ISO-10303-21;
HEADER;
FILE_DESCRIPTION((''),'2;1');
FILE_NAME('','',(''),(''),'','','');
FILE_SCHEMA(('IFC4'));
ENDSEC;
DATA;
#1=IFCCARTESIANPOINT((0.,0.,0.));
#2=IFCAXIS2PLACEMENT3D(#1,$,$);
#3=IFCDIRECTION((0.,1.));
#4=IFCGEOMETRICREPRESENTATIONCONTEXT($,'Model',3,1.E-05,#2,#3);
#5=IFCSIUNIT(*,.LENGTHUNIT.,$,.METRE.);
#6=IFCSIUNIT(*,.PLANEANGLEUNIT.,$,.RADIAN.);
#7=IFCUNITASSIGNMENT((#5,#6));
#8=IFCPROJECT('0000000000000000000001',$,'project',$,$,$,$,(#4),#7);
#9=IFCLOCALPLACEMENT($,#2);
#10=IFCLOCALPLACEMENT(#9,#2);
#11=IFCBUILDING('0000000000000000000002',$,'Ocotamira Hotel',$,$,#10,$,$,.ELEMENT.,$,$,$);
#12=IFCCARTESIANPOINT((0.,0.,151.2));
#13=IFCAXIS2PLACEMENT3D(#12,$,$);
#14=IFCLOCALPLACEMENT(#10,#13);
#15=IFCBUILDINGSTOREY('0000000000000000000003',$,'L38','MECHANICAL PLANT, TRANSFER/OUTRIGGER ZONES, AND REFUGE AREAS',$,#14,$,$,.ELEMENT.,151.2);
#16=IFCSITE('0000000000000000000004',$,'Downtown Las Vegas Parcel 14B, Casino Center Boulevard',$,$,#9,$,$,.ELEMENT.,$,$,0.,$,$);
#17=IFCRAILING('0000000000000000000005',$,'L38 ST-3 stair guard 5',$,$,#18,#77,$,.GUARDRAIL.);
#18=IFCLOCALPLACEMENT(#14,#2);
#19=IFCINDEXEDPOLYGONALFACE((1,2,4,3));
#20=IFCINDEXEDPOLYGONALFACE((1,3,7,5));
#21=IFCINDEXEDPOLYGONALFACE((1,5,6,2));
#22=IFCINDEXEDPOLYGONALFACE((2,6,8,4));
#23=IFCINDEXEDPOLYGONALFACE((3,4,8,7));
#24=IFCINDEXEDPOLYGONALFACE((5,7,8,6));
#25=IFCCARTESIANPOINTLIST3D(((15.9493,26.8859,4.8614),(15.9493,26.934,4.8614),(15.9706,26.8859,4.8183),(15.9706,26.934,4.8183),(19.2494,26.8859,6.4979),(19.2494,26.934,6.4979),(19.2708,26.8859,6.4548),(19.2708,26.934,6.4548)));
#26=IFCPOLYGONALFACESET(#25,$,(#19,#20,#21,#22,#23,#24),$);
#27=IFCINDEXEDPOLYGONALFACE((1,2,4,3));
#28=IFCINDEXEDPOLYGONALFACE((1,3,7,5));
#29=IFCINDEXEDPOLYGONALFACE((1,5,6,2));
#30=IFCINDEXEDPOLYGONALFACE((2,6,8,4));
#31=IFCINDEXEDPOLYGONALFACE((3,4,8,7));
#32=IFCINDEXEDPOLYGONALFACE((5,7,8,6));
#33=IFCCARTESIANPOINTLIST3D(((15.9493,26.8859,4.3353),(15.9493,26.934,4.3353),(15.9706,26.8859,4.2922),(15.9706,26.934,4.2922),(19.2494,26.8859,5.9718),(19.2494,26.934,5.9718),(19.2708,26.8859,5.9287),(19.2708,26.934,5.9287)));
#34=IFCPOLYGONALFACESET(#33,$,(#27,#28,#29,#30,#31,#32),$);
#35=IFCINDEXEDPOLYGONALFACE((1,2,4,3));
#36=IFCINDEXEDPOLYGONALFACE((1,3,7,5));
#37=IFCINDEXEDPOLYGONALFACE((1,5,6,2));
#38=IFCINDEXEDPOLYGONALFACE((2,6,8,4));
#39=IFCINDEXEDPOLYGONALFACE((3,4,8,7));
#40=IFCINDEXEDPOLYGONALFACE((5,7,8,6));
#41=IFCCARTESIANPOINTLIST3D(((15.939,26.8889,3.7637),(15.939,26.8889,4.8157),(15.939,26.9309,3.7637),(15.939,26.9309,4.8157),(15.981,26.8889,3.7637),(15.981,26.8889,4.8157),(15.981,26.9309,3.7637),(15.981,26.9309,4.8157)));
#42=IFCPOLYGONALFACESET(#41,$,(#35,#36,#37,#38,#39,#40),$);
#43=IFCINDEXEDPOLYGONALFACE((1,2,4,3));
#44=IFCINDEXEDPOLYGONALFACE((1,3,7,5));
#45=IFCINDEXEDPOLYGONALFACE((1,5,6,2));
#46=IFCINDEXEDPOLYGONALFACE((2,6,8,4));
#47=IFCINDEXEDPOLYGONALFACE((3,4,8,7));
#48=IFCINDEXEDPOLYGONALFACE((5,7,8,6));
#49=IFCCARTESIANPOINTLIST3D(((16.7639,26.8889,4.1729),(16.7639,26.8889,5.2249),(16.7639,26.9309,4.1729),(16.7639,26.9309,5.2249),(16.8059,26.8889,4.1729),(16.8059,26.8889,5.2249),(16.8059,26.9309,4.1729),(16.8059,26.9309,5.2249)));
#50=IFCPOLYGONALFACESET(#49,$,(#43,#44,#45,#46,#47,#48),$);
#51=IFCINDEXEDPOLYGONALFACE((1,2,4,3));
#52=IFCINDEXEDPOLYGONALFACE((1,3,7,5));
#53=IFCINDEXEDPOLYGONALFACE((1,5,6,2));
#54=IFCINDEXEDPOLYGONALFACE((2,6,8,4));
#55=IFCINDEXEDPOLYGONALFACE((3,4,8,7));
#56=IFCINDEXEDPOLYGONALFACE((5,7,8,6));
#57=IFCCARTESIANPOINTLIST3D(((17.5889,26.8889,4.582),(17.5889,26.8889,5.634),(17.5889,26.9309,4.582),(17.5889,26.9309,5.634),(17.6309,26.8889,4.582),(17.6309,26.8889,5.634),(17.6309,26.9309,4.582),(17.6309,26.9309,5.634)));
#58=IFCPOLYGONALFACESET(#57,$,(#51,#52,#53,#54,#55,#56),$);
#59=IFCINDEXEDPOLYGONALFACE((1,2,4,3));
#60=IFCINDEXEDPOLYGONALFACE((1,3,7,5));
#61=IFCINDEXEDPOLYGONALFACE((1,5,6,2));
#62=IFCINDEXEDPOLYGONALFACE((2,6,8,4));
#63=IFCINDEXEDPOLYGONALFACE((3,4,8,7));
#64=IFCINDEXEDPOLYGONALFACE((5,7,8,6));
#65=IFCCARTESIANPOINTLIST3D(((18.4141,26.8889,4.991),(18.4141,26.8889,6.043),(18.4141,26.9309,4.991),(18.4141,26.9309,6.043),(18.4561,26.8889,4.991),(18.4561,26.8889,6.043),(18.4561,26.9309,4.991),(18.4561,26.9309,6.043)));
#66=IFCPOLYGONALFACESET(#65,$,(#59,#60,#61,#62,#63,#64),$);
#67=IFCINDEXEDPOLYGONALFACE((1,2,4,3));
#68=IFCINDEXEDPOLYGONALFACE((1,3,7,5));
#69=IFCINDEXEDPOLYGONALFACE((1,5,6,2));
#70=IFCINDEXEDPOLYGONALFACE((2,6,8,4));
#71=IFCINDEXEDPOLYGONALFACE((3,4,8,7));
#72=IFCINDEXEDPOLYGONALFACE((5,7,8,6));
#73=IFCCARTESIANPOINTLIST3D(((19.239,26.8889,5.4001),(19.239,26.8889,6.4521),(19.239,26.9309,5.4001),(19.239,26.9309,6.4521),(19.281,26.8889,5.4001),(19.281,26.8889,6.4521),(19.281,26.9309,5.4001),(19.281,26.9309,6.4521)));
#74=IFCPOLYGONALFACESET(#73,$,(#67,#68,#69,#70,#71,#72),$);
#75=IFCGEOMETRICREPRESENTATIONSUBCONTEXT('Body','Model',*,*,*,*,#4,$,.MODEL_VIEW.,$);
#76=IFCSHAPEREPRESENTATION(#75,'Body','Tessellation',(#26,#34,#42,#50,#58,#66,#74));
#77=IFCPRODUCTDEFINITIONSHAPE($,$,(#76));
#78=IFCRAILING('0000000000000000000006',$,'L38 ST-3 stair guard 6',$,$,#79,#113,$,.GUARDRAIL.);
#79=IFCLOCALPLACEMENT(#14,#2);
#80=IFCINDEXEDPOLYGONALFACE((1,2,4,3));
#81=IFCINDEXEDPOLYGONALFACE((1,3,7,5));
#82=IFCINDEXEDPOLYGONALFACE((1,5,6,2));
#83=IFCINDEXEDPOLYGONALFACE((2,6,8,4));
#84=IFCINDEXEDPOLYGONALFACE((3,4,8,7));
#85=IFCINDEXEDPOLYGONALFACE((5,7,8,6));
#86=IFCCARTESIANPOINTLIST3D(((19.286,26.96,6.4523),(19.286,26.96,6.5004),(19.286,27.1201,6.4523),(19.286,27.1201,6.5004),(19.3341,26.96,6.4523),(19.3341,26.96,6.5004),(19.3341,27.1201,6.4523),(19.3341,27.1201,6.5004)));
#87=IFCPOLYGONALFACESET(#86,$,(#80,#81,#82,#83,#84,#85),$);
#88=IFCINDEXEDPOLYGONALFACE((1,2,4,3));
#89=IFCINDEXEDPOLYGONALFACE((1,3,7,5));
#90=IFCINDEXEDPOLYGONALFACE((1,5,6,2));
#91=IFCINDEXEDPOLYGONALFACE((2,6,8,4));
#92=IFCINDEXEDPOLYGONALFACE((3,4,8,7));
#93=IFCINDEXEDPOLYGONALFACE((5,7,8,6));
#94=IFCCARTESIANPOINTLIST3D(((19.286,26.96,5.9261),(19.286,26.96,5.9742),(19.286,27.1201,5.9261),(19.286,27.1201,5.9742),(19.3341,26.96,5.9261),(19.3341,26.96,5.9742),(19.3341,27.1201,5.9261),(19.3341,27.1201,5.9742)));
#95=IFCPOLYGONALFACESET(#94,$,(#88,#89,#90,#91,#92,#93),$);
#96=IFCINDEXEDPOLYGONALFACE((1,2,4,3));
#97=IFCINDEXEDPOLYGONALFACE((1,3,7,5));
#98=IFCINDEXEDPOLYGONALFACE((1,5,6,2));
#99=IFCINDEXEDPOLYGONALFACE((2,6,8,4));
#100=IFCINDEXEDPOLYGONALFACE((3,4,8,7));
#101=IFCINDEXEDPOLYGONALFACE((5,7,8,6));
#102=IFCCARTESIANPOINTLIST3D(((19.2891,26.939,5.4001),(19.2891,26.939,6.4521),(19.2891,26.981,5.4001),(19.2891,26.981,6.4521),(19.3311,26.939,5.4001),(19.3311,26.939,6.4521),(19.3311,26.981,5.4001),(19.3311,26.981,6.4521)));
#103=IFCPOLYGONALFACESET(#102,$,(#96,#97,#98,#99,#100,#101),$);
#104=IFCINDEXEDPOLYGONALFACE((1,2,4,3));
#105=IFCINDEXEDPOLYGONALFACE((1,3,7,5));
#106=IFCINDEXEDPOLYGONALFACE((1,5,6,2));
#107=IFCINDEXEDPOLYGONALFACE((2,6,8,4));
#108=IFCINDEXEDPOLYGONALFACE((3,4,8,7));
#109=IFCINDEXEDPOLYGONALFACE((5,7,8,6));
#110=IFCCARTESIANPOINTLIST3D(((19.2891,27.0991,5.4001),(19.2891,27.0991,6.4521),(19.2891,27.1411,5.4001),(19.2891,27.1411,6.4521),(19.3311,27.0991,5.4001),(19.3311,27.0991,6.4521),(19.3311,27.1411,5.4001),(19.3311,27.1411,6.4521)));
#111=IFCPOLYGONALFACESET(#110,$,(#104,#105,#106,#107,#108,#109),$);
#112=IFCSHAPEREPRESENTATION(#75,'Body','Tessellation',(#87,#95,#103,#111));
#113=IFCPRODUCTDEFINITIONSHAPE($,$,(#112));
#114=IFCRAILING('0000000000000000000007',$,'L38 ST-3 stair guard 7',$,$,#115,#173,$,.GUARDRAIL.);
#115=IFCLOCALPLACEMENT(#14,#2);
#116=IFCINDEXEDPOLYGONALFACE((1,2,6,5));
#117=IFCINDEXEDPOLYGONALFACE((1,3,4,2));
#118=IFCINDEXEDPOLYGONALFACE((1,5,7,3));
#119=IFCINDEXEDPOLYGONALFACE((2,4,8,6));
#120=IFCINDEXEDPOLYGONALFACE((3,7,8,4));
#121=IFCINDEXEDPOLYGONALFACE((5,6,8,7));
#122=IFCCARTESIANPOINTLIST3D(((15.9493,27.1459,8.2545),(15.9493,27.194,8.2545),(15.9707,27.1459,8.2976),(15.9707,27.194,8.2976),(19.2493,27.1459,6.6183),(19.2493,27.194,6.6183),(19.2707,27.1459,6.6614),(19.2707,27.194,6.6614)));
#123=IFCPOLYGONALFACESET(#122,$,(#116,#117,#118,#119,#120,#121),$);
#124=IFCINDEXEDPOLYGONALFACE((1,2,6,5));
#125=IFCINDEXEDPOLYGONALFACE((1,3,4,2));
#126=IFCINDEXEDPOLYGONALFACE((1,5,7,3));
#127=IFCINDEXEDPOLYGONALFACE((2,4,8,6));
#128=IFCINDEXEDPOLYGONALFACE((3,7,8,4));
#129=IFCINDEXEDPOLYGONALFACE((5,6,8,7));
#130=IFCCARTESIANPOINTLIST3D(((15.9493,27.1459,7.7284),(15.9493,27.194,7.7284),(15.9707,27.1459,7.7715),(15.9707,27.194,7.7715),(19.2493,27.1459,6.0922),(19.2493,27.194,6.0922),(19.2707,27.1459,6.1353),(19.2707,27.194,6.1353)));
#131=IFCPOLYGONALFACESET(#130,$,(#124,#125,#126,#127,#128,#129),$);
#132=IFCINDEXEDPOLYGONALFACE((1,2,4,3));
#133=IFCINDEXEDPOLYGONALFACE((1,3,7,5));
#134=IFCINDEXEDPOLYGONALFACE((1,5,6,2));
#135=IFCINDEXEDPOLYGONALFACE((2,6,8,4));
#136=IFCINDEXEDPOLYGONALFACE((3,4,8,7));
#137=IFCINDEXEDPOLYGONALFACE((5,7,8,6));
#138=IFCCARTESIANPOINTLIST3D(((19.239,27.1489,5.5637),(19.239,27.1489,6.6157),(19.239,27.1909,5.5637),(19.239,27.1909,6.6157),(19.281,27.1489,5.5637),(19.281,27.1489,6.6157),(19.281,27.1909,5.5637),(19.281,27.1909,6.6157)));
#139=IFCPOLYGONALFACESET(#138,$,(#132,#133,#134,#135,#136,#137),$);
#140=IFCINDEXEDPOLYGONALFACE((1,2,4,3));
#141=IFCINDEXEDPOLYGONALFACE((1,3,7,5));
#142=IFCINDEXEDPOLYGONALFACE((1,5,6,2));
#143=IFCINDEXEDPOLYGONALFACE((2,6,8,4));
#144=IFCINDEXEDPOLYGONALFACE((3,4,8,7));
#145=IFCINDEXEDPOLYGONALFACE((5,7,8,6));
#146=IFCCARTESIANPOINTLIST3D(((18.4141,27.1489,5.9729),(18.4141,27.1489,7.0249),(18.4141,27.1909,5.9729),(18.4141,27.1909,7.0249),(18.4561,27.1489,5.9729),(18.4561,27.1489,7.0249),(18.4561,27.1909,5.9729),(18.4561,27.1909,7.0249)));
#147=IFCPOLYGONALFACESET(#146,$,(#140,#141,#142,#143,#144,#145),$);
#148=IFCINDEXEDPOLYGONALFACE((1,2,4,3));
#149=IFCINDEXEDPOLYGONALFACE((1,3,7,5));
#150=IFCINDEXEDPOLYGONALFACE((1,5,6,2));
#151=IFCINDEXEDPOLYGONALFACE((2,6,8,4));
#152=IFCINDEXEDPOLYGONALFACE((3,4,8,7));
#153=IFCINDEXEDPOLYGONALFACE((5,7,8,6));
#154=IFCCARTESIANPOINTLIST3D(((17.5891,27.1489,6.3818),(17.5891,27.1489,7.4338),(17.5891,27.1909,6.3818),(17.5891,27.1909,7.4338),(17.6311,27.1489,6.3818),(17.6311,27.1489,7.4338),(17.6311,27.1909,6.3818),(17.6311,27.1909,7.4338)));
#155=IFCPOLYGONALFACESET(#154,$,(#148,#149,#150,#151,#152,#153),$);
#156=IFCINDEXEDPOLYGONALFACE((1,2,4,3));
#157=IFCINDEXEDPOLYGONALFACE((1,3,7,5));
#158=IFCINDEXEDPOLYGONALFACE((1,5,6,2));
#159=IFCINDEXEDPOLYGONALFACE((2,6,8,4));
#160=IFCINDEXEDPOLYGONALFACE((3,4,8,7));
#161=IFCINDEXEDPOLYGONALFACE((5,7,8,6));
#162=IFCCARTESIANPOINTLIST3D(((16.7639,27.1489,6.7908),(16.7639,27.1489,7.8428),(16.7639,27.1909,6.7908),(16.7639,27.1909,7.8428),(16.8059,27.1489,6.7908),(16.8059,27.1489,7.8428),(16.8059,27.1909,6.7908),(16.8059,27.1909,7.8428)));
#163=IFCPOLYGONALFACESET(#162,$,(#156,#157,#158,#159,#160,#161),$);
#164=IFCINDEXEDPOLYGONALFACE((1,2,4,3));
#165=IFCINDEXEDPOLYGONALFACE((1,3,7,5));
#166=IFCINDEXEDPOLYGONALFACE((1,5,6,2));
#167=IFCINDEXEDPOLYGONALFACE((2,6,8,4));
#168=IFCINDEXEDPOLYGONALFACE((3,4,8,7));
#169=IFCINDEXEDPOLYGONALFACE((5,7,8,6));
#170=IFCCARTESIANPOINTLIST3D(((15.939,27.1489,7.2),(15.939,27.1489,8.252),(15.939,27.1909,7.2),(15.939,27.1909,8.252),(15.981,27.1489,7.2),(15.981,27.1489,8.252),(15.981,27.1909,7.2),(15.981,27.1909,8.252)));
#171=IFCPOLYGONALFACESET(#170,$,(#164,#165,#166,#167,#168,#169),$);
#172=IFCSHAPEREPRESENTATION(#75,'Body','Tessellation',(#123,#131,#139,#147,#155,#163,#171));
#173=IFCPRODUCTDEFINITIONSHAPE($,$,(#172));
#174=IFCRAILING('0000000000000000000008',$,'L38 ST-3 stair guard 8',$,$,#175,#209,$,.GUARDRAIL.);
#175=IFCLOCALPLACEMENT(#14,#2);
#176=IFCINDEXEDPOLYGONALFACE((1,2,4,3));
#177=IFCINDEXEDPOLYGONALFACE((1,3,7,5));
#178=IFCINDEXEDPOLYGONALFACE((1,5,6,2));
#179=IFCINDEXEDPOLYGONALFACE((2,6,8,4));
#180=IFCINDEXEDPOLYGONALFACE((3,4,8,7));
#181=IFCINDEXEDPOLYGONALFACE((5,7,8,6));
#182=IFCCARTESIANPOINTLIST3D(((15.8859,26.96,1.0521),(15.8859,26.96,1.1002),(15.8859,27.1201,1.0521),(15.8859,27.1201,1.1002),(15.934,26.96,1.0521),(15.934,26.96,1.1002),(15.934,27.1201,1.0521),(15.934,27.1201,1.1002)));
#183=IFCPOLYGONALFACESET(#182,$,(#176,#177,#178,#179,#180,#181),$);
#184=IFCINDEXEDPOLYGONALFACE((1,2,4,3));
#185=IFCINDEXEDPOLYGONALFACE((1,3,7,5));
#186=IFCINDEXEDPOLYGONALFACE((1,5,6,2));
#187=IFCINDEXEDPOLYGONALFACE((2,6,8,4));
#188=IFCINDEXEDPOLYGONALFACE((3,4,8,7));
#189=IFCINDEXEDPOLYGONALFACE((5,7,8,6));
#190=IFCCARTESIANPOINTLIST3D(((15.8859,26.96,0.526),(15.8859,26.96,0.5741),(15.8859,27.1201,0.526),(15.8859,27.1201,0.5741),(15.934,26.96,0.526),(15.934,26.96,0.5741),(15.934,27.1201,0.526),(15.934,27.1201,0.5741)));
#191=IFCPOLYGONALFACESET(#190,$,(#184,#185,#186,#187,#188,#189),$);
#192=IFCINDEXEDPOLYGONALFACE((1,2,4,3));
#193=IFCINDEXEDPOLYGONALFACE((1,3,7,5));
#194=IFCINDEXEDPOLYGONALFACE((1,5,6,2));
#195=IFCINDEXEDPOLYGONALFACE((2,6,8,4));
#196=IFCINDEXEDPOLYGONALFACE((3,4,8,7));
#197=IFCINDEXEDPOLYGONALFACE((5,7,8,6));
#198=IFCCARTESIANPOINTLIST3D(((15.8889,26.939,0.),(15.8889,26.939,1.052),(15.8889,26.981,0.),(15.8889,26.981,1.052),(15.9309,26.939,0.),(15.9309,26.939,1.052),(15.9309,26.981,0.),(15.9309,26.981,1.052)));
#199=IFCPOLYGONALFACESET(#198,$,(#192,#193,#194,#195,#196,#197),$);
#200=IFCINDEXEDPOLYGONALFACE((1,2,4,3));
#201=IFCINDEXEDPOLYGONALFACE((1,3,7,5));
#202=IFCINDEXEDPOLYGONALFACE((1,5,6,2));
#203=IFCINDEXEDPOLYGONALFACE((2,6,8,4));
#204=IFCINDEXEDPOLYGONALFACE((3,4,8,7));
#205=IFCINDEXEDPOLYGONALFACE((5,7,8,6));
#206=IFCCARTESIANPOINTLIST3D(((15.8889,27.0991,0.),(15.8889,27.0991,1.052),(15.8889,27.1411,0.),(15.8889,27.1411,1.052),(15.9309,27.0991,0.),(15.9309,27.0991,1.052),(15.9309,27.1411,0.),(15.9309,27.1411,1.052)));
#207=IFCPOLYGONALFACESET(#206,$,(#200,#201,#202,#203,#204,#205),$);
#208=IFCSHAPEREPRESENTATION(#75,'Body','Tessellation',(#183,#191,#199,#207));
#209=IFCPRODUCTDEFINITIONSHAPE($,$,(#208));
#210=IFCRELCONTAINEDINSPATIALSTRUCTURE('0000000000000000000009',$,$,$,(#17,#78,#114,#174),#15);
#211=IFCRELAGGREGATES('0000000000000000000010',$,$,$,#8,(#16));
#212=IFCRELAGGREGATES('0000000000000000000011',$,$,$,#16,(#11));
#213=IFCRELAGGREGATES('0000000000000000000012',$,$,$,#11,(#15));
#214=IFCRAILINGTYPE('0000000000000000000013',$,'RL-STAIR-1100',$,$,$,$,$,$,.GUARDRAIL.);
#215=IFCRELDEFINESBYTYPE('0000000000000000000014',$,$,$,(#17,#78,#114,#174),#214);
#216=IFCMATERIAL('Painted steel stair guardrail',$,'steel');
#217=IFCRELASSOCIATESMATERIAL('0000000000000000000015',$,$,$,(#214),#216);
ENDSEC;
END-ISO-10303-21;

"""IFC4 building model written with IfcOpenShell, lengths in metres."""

from ifc_helpers import new_model, si_unit, direction, frame, origin, origin_2d, place, context, subcontext, project, spatial, rectangle, extrude, material, type_object, element, save


model = new_model("IFC4")

# Units and contexts
model_context = context("Model", 3, precision=1e-05, world=origin(), true_north=direction((0.0, 1.0)))
body_context = subcontext(model_context, "Body", "Model", "MODEL_VIEW")
ifc_project = project(units=[si_unit("LENGTHUNIT", "METRE"), si_unit("PLANEANGLEUNIT", "RADIAN")], contexts=[model_context])

# Site, building, storey
site_placement = place(None, origin())
site = spatial("IfcSite", under=ifc_project, at=site_placement, Name="Downtown Las Vegas Parcel 14B, Casino Center Boulevard", CompositionType="ELEMENT", RefElevation=0.0)
building_placement = place(site_placement, origin())
building = spatial("IfcBuilding", under=site, at=building_placement, Name="Ocotamira Hotel", CompositionType="ELEMENT")
storey_placement = place(building_placement, frame((0.0, 0.0, 151.2)))
storey = spatial("IfcBuildingStorey", under=building, at=storey_placement, Name="L38", Description="MECHANICAL PLANT, TRANSFER/OUTRIGGER ZONES, AND REFUGE AREAS", CompositionType="ELEMENT", Elevation=151.2)

# Railings
ifc_material_1 = material(Name="Painted steel stair guardrail", Category="steel")
railing_type_1 = type_object("IfcRailingType", Name="RL-STAIR-1100", PredefinedType="GUARDRAIL", material=ifc_material_1)
railing_1_placement = place(storey_placement, frame((15.96, 26.9099, 3.7637)))
element("IfcRailing", 1, at=railing_1_placement, inside=storey, type_object=railing_type_1, Name="L38 ST-3 stair guard 5", PredefinedType="GUARDRAIL", context=body_context, shape_type="SweptSolid", body=[
    extrude(rectangle(XDim=0.0481, YDim=0.0481, at=origin_2d()), frame((0.0, 0.0, 1.0762), z_axis=(0.895894, 0.0, 0.444268), x_axis=(0.0, 1.0, 0.0)), (0.0, 0.0, 1.0), 3.6836),
    extrude(rectangle(XDim=0.0481, YDim=0.0481, at=origin_2d()), frame((0.0, 0.0, 0.55), z_axis=(0.895894, 0.0, 0.444268), x_axis=(0.0, 1.0, 0.0)), (0.0, 0.0, 1.0), 3.6836),
    extrude(rectangle(XDim=0.042, YDim=0.042, at=origin_2d()), origin(), (0.0, 0.0, 1.0), 1.052),
    extrude(rectangle(XDim=0.042, YDim=0.042, at=origin_2d()), frame((0.825, 0.0, 0.4092)), (0.0, 0.0, 1.0), 1.052),
    extrude(rectangle(XDim=0.042, YDim=0.042, at=origin_2d()), frame((1.6499, 0.0, 0.8184)), (0.0, 0.0, 1.0), 1.052),
    extrude(rectangle(XDim=0.042, YDim=0.042, at=origin_2d()), frame((2.4751, 0.0, 1.2273)), (0.0, 0.0, 1.0), 1.052),
    extrude(rectangle(XDim=0.042, YDim=0.042, at=origin_2d()), frame((3.3, 0.0, 1.6365)), (0.0, 0.0, 1.0), 1.052),
])
railing_2_placement = place(storey_placement, frame((19.3101, 26.96, 5.4001)))
element("IfcRailing", 2, at=railing_2_placement, inside=storey, type_object=railing_type_1, Name="L38 ST-3 stair guard 6", PredefinedType="GUARDRAIL", context=body_context, shape_type="SweptSolid", body=[
    extrude(rectangle(XDim=0.0481, YDim=0.0481, at=origin_2d()), frame((0.0, 0.0, 1.0762), z_axis=(0.0, 1.0, 0.0), x_axis=(-1.0, 0.0, 0.0)), (0.0, 0.0, 1.0), 0.1602),
    extrude(rectangle(XDim=0.0481, YDim=0.0481, at=origin_2d()), frame((0.0, 0.0, 0.55), z_axis=(0.0, 1.0, 0.0), x_axis=(-1.0, 0.0, 0.0)), (0.0, 0.0, 1.0), 0.1602),
    extrude(rectangle(XDim=0.042, YDim=0.042, at=origin_2d()), origin(), (0.0, 0.0, 1.0), 1.052),
    extrude(rectangle(XDim=0.042, YDim=0.042, at=origin_2d()), frame((0.0, 0.1602, 0.0)), (0.0, 0.0, 1.0), 1.052),
])
railing_3_placement = place(storey_placement, frame((19.26, 27.1699, 5.5637)))
element("IfcRailing", 3, at=railing_3_placement, inside=storey, type_object=railing_type_1, Name="L38 ST-3 stair guard 7", PredefinedType="GUARDRAIL", context=body_context, shape_type="SweptSolid", body=[
    extrude(rectangle(XDim=0.0481, YDim=0.0481, at=origin_2d()), frame((0.0, 0.0, 1.0762), z_axis=(-0.89592, 0.0, 0.444215), x_axis=(0.0, -1.0, 0.0)), (0.0, 0.0, 1.0), 3.6833),
    extrude(rectangle(XDim=0.0481, YDim=0.0481, at=origin_2d()), frame((0.0, 0.0, 0.55), z_axis=(-0.89592, 0.0, 0.444215), x_axis=(0.0, -1.0, 0.0)), (0.0, 0.0, 1.0), 3.6833),
    extrude(rectangle(XDim=0.042, YDim=0.042, at=origin_2d()), origin(), (0.0, 0.0, 1.0), 1.052),
    extrude(rectangle(XDim=0.042, YDim=0.042, at=origin_2d()), frame((-0.825, 0.0, 0.4092)), (0.0, 0.0, 1.0), 1.052),
    extrude(rectangle(XDim=0.042, YDim=0.042, at=origin_2d()), frame((-1.6499, 0.0, 0.8181)), (0.0, 0.0, 1.0), 1.052),
    extrude(rectangle(XDim=0.042, YDim=0.042, at=origin_2d()), frame((-2.4751, 0.0, 1.2271)), (0.0, 0.0, 1.0), 1.052),
    extrude(rectangle(XDim=0.042, YDim=0.042, at=origin_2d()), frame((-3.3, 0.0, 1.6362)), (0.0, 0.0, 1.0), 1.052),
])
railing_4_placement = place(storey_placement, frame((15.9099, 26.96, 0.0)))
element("IfcRailing", 4, at=railing_4_placement, inside=storey, type_object=railing_type_1, Name="L38 ST-3 stair guard 8", PredefinedType="GUARDRAIL", context=body_context, shape_type="SweptSolid", body=[
    extrude(rectangle(XDim=0.0481, YDim=0.0481, at=origin_2d()), frame((0.0, 0.0, 1.0762), z_axis=(0.0, 1.0, 0.0), x_axis=(-1.0, 0.0, 0.0)), (0.0, 0.0, 1.0), 0.1602),
    extrude(rectangle(XDim=0.0481, YDim=0.0481, at=origin_2d()), frame((0.0, 0.0, 0.55), z_axis=(0.0, 1.0, 0.0), x_axis=(-1.0, 0.0, 0.0)), (0.0, 0.0, 1.0), 0.1602),
    extrude(rectangle(XDim=0.042, YDim=0.042, at=origin_2d()), origin(), (0.0, 0.0, 1.0), 1.052),
    extrude(rectangle(XDim=0.042, YDim=0.042, at=origin_2d()), frame((0.0, 0.1602, 0.0)), (0.0, 0.0, 1.0), 1.052),
])

save(model, "model.ifc")
